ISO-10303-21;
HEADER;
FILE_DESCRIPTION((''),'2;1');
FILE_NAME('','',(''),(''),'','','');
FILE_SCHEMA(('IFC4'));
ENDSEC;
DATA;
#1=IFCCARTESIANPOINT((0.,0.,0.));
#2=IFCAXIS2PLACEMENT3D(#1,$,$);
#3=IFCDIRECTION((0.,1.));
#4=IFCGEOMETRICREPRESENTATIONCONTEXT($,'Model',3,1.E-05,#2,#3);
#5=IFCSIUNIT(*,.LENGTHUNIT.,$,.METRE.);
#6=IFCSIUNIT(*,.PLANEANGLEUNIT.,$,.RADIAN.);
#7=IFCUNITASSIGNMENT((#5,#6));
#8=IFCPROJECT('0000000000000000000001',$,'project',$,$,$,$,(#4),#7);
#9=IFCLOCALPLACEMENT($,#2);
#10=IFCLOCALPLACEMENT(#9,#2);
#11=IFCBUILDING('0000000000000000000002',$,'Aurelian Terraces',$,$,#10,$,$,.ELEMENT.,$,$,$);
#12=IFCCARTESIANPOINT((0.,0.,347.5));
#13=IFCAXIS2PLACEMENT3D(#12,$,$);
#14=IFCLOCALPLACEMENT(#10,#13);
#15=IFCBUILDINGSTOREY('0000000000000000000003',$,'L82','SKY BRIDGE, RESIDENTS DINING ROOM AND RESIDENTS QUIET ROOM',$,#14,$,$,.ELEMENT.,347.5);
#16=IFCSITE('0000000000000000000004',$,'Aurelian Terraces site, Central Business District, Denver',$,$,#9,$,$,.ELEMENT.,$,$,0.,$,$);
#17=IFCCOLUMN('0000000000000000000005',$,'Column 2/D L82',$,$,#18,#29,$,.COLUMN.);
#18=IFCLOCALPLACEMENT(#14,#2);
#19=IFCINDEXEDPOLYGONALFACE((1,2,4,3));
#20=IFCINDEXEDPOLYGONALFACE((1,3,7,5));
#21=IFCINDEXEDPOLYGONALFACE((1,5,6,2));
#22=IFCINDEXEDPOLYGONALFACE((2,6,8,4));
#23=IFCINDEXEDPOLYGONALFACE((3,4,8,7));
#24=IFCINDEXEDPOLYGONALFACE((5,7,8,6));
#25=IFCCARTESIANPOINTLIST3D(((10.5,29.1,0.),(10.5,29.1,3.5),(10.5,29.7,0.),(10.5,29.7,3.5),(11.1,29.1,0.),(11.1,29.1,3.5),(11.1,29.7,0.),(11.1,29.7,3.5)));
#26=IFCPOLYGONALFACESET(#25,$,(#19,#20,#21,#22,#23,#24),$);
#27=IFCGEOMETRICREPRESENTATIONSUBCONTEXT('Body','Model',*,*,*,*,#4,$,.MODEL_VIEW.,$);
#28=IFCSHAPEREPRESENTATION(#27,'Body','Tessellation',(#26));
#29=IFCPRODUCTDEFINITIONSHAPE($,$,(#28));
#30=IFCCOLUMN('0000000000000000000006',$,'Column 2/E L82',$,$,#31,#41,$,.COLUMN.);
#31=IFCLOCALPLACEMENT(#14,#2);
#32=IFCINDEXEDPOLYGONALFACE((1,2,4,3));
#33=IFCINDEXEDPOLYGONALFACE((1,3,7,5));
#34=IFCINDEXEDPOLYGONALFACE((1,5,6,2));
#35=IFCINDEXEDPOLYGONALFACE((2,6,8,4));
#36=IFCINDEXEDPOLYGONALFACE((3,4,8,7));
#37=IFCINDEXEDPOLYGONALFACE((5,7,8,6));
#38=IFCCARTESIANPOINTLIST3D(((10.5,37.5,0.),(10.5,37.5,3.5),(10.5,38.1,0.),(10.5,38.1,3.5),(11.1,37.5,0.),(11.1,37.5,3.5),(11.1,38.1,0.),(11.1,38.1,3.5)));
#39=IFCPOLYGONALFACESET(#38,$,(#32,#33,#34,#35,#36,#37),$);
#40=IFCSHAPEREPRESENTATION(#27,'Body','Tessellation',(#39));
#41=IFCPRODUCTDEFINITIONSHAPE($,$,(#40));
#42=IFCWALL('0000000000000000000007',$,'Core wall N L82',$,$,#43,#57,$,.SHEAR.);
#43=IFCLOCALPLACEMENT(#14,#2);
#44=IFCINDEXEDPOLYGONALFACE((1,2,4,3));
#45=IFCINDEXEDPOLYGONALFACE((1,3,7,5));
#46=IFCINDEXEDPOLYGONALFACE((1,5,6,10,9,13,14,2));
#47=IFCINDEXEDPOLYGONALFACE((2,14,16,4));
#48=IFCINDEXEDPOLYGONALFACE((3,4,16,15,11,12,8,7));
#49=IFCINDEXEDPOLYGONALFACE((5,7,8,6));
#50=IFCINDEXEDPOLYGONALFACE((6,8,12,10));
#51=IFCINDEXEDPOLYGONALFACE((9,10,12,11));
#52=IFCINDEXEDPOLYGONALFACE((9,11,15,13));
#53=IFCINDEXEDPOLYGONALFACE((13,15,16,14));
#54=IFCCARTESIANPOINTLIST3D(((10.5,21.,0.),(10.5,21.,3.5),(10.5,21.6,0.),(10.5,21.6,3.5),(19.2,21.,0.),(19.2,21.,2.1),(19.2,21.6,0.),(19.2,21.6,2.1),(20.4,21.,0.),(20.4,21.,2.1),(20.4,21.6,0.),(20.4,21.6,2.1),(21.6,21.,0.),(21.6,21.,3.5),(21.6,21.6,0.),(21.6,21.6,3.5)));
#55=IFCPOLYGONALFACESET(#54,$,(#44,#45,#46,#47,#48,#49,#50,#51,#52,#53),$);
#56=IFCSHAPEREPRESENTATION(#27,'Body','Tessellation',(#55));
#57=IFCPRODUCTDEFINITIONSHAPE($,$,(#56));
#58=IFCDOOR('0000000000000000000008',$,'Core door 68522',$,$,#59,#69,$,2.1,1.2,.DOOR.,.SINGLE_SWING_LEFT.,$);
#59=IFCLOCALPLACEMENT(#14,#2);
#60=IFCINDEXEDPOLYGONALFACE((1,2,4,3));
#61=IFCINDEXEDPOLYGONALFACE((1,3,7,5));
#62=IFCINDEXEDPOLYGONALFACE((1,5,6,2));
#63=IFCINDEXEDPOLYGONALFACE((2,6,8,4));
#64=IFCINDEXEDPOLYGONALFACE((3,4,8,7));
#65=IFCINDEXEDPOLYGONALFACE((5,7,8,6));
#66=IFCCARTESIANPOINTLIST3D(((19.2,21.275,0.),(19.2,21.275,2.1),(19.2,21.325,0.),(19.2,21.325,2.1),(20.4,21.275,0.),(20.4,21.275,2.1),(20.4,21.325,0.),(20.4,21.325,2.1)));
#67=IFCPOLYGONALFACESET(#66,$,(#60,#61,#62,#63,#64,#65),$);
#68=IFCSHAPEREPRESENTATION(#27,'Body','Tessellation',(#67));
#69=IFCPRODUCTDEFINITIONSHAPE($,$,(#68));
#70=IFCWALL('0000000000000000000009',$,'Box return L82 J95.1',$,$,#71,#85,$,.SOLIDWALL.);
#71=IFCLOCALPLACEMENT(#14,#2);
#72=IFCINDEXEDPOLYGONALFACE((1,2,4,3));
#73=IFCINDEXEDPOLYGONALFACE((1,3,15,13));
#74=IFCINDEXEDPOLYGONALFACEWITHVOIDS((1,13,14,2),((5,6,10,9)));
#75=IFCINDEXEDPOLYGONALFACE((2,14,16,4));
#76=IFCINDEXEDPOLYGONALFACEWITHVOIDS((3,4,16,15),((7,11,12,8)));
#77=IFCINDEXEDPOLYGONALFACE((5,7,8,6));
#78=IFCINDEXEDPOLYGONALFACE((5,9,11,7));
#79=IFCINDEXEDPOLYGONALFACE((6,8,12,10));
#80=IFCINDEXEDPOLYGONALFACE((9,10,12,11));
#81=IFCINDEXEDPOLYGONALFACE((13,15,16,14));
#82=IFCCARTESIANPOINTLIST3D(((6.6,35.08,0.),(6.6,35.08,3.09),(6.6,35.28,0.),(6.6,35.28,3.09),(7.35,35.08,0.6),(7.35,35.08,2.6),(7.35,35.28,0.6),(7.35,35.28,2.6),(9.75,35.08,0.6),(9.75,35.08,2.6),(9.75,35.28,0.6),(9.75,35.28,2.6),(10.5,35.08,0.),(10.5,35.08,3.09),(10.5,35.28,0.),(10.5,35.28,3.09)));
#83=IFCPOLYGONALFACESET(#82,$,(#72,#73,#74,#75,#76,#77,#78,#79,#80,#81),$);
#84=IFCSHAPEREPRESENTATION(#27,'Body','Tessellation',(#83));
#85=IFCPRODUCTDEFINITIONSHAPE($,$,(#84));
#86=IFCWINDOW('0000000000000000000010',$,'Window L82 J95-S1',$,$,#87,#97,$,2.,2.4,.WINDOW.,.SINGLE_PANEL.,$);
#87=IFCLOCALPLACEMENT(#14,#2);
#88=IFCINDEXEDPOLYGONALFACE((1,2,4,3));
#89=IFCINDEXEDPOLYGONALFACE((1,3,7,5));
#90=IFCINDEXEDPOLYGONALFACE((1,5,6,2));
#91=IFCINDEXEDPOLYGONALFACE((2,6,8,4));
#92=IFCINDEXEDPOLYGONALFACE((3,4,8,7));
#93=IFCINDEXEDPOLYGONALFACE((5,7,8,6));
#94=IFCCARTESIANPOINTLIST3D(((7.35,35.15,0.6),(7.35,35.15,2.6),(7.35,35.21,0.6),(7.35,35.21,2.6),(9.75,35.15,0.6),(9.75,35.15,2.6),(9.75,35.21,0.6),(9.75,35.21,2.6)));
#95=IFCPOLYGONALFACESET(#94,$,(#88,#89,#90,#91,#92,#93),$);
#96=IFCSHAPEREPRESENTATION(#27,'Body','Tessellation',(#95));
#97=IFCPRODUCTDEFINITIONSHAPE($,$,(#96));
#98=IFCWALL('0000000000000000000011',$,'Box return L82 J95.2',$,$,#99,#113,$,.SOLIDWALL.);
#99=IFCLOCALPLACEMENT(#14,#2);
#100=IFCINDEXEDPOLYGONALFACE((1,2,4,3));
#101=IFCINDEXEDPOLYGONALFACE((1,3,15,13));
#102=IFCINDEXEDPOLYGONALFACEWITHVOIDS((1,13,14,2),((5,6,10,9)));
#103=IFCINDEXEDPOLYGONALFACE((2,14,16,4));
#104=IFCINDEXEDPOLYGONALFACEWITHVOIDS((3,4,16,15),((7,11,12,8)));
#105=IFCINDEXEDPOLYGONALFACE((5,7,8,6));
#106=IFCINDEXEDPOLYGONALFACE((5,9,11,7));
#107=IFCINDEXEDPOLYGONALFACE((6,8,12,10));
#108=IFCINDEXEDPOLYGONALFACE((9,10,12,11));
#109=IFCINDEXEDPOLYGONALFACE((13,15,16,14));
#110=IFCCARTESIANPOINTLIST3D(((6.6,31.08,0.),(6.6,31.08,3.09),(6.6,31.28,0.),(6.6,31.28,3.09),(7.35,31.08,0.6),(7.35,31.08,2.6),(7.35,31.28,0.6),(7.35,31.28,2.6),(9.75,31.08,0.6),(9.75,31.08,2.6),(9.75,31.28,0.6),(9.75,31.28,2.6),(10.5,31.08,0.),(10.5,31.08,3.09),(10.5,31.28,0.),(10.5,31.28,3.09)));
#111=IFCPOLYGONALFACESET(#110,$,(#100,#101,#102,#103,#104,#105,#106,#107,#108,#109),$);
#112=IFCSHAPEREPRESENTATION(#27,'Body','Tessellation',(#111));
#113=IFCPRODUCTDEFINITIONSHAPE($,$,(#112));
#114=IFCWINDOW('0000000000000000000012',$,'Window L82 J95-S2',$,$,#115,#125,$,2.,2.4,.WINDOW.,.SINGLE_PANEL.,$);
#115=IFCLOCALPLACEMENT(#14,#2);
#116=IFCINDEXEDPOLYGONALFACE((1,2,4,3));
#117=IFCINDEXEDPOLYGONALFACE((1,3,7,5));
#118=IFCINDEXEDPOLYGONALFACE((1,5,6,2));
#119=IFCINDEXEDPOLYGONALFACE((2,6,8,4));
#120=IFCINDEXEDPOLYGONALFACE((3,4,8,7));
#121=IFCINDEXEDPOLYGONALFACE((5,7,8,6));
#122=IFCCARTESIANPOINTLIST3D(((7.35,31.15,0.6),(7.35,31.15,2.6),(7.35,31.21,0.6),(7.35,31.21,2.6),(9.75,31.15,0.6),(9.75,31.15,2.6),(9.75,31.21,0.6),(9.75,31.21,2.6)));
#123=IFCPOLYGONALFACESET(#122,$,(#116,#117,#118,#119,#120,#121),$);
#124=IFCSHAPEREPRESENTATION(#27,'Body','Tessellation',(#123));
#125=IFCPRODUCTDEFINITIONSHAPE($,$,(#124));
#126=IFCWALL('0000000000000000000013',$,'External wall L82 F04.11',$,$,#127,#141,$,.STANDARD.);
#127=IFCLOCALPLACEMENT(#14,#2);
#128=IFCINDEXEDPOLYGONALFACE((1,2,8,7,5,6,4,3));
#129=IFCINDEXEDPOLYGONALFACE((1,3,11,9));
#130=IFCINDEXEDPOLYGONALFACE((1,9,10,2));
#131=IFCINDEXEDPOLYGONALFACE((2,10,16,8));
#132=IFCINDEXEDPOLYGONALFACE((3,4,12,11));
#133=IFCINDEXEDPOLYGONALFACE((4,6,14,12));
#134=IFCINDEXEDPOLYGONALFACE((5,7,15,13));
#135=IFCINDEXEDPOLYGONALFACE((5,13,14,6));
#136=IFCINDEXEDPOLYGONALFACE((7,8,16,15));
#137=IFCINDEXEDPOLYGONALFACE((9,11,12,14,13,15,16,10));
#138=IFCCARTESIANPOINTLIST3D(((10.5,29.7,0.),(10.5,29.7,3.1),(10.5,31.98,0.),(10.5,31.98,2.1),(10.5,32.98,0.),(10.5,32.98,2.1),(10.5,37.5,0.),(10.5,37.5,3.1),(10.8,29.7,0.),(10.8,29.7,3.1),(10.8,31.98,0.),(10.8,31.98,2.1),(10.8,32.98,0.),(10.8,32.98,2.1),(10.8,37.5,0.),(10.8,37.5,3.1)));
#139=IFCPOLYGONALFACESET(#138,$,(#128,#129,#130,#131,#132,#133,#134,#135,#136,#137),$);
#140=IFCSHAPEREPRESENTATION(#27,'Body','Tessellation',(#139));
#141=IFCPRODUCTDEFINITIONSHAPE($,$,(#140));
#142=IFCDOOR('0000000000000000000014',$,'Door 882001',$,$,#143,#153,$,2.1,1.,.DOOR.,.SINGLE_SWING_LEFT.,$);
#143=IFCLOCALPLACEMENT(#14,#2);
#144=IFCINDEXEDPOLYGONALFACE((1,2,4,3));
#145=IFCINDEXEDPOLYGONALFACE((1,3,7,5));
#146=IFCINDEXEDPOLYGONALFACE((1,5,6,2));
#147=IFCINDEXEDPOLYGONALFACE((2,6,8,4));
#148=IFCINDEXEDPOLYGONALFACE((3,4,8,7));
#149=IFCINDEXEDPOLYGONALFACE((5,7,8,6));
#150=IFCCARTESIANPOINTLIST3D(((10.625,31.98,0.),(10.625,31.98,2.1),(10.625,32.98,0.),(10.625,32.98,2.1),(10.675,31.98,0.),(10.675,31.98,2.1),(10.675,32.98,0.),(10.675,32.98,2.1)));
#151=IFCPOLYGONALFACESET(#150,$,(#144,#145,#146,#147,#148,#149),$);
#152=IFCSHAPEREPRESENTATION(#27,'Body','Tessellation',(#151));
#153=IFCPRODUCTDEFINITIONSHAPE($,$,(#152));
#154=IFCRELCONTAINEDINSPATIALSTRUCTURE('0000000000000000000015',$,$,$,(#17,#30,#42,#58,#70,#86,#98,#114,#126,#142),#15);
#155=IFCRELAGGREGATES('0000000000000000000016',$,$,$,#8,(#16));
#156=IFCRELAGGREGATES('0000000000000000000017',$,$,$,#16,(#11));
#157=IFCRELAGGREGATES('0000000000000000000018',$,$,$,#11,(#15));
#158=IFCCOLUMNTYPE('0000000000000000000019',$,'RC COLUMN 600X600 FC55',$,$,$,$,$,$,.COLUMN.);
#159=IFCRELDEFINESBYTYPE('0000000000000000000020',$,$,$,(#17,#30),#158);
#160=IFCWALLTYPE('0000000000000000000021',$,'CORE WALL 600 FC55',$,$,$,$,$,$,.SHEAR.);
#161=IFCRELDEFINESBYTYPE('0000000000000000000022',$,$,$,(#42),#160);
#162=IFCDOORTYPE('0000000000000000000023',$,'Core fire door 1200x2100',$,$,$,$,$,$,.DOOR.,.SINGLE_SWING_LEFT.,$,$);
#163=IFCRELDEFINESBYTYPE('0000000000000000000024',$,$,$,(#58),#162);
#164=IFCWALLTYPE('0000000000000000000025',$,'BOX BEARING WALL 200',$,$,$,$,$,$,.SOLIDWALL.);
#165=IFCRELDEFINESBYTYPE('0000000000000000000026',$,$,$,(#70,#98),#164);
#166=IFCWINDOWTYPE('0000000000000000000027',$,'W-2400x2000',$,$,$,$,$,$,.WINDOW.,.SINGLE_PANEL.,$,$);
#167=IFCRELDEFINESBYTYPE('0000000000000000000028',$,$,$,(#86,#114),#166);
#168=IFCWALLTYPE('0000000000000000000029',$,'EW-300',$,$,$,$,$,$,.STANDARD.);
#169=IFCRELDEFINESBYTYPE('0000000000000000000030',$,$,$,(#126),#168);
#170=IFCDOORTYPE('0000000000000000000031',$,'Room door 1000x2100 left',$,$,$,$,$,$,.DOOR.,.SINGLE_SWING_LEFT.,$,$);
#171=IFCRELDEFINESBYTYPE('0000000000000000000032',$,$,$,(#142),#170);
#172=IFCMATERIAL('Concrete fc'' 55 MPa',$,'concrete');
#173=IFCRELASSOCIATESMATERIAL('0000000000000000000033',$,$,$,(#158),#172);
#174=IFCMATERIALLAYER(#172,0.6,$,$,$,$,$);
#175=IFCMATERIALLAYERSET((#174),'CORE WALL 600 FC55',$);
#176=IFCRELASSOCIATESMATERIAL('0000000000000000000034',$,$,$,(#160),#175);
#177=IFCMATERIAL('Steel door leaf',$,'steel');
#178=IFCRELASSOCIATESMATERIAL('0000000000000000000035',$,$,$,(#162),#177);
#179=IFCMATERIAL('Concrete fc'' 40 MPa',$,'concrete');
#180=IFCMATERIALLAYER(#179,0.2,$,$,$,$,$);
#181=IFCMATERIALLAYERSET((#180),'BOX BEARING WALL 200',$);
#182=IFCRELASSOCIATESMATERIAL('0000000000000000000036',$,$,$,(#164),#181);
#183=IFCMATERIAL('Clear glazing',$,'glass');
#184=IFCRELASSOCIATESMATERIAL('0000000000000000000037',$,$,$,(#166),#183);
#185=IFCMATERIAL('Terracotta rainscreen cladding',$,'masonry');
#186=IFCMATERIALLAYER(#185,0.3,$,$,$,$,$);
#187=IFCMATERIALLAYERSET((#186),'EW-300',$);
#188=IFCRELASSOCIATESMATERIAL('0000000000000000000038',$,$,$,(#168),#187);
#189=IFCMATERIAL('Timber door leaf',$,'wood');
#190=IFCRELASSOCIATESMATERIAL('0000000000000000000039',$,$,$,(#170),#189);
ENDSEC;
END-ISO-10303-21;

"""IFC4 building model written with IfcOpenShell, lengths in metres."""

from ifc_helpers import new_model, si_unit, direction, frame, frame_2d, origin, origin_2d, place, context, subcontext, project, spatial, rectangle, extrude, source, transform, mapped, material, layer, layer_set, material_profile, profile_set, type_object, element, fill, save


model = new_model("IFC4")

# Units and contexts
model_context = context("Model", 3, precision=1e-05, world=origin(), true_north=direction((0.0, 1.0)))
body_context = subcontext(model_context, "Body", "Model", "MODEL_VIEW")
ifc_project = project(units=[si_unit("LENGTHUNIT", "METRE"), si_unit("PLANEANGLEUNIT", "RADIAN")], contexts=[model_context])

# Site, building, storey
site_placement = place(None, origin())
site = spatial("IfcSite", under=ifc_project, at=site_placement, Name="Aurelian Terraces site, Central Business District, Denver", CompositionType="ELEMENT", RefElevation=0.0)
building_placement = place(site_placement, origin())
building = spatial("IfcBuilding", under=site, at=building_placement, Name="Aurelian Terraces", CompositionType="ELEMENT")
storey_placement = place(building_placement, frame((0.0, 0.0, 347.5)))
storey = spatial("IfcBuildingStorey", under=building, at=storey_placement, Name="L82", Description="SKY BRIDGE, RESIDENTS DINING ROOM AND RESIDENTS QUIET ROOM", CompositionType="ELEMENT", Elevation=347.5)

# Columns
ifc_material_1 = material(Name="Concrete fc' 55 MPa", Category="concrete")
ifc_material_profile = material_profile(ifc_material_1, rectangle(XDim=0.6, YDim=0.6, at=origin_2d()))
ifc_profile_set = profile_set([ifc_material_profile], Name="Concrete fc' 55 MPa")
column_type = type_object("IfcColumnType", Name="RC COLUMN 600X600 FC55", PredefinedType="COLUMN", material=ifc_profile_set)
shared_shape_1 = source(origin(), body_context, "Body", "SweptSolid", [
    extrude(rectangle(XDim=0.6, YDim=0.6, at=origin_2d()), origin(), (0.0, 0.0, 1.0), 3.5),
])
for number, where, z_axis, x_axis, name in (
    (1, (10.8, 29.4, 0.0), (0.0, 0.0, 1.0), (1.0, 0.0, 0.0), "Column 2/D L82"),
    (2, (10.8, 37.8, 0.0), (0.0, 0.0, 1.0), (1.0, 0.0, 0.0), "Column 2/E L82"),
):
    element("IfcColumn", number, at=place(storey_placement, frame(where, z_axis=z_axis, x_axis=x_axis)), inside=storey, type_object=column_type, Name=name, PredefinedType="COLUMN", context=body_context, shape_type="MappedRepresentation", body=[
        mapped(shared_shape_1, transform((0.0, 0.0, 0.0), scale=1.0)),
    ])

# Wall, opening, door
ifc_layer_1 = layer(ifc_material_1, 0.6)
ifc_layer_set_1 = layer_set([ifc_layer_1], Name="CORE WALL 600 FC55")
wall_type_1 = type_object("IfcWallType", Name="CORE WALL 600 FC55", PredefinedType="SHEAR", material=ifc_layer_set_1)
shared_shape_2 = source(origin(), body_context, "Body", "SweptSolid", [
    extrude(rectangle(XDim=11.1, YDim=0.6, at=frame_2d((5.55, 0.0))), origin(), (0.0, 0.0, 1.0), 3.5),
])
wall_1_placement = place(storey_placement, frame((10.5, 21.3, 0.0), z_axis=(0.0, 0.0, 1.0), x_axis=(1.0, 0.0, 0.0)))
wall_1 = element("IfcWall", 3, at=wall_1_placement, inside=storey, type_object=wall_type_1, Name="Core wall N L82", PredefinedType="SHEAR", context=body_context, shape_type="MappedRepresentation", body=[
    mapped(shared_shape_2, transform((0.0, 0.0, 0.0), scale=1.0)),
])
shared_shape_3 = source(origin(), body_context, "Body", "SweptSolid", [
    extrude(rectangle(XDim=1.2, YDim=2.1, at=frame_2d((0.6, 1.05))), frame((0.0, 0.31, 0.0), z_axis=(0.0, -1.0, 0.0), x_axis=(1.0, 0.0, 0.0)), (0.0, 0.0, 1.0), 0.62),
])
opening_1_placement = place(wall_1_placement, frame((8.7, 0.0, 0.0)))
opening_1 = element("IfcOpeningElement", 4, at=opening_1_placement, cuts=wall_1, PredefinedType="OPENING", context=body_context, shape_type="MappedRepresentation", body=[
    mapped(shared_shape_3, transform((0.0, 0.0, 0.0), scale=1.0)),
])
ifc_material_2 = material(Name="Steel door leaf", Category="steel")
door_type_1 = type_object("IfcDoorType", Name="Core fire door 1200x2100", OperationType="SINGLE_SWING_LEFT", PredefinedType="DOOR", material=ifc_material_2)
shared_shape_4 = source(origin(), body_context, "Body", "SweptSolid", [
    extrude(rectangle(XDim=1.2, YDim=2.1, at=frame_2d((0.6, 1.05))), frame((0.0, 0.025, 0.0), z_axis=(0.0, -1.0, 0.0), x_axis=(1.0, 0.0, 0.0)), (0.0, 0.0, 1.0), 0.05),
])
door_1_placement = place(opening_1_placement, origin())
door_1 = element("IfcDoor", 5, at=door_1_placement, inside=storey, type_object=door_type_1, Name="Core door 68522", OperationType="SINGLE_SWING_LEFT", OverallHeight=2.1, OverallWidth=1.2, PredefinedType="DOOR", context=body_context, shape_type="MappedRepresentation", body=[
    mapped(shared_shape_4, transform((0.0, 0.0, 0.0), scale=1.0)),
])
fill(opening_1, door_1)

# Walls, openings, windows
ifc_material_3 = material(Name="Concrete fc' 40 MPa", Category="concrete")
ifc_layer_2 = layer(ifc_material_3, 0.2)
ifc_layer_set_2 = layer_set([ifc_layer_2], Name="BOX BEARING WALL 200")
wall_type_2 = type_object("IfcWallType", Name="BOX BEARING WALL 200", PredefinedType="SOLIDWALL", material=ifc_layer_set_2)
shared_shape_5 = source(origin(), body_context, "Body", "SweptSolid", [
    extrude(rectangle(XDim=3.9, YDim=0.2, at=frame_2d((1.95, 0.0))), origin(), (0.0, 0.0, 1.0), 3.09),
])
wall_2_placement = place(storey_placement, frame((10.5, 35.18, 0.0), z_axis=(0.0, 0.0, 1.0), x_axis=(-1.0, 0.0, 0.0)))
wall_2 = element("IfcWall", 6, at=wall_2_placement, inside=storey, type_object=wall_type_2, Name="Box return L82 J95.1", PredefinedType="SOLIDWALL", context=body_context, shape_type="MappedRepresentation", body=[
    mapped(shared_shape_5, transform((0.0, 0.0, 0.0), scale=1.0)),
])
shared_shape_6 = source(origin(), body_context, "Body", "SweptSolid", [
    extrude(rectangle(XDim=2.4, YDim=2.0, at=frame_2d((1.2, 1.0))), frame((0.0, 0.11, 0.0), z_axis=(0.0, -1.0, 0.0), x_axis=(1.0, 0.0, 0.0)), (0.0, 0.0, 1.0), 0.22),
])
opening_2_placement = place(wall_2_placement, frame((0.75, 0.0, 0.6)))
opening_2 = element("IfcOpeningElement", 7, at=opening_2_placement, cuts=wall_2, PredefinedType="OPENING", context=body_context, shape_type="MappedRepresentation", body=[
    mapped(shared_shape_6, transform((0.0, 0.0, 0.0), scale=1.0)),
])
ifc_material_4 = material(Name="Clear glazing", Category="glass")
window_type_1 = type_object("IfcWindowType", Name="W-2400x2000", PartitioningType="SINGLE_PANEL", PredefinedType="WINDOW", material=ifc_material_4)
shared_shape_7 = source(origin(), body_context, "Body", "SweptSolid", [
    extrude(rectangle(XDim=2.4, YDim=2.0, at=frame_2d((1.2, 1.0))), frame((0.0, 0.03, 0.0), z_axis=(0.0, -1.0, 0.0), x_axis=(1.0, 0.0, 0.0)), (0.0, 0.0, 1.0), 0.06),
])
window_1_placement = place(opening_2_placement, origin())
window_1 = element("IfcWindow", 8, at=window_1_placement, inside=storey, type_object=window_type_1, Name="Window L82 J95-S1", OverallHeight=2.0, OverallWidth=2.4, PartitioningType="SINGLE_PANEL", PredefinedType="WINDOW", context=body_context, shape_type="MappedRepresentation", body=[
    mapped(shared_shape_7, transform((0.0, 0.0, 0.0), scale=1.0)),
])
fill(opening_2, window_1)
wall_3_placement = place(storey_placement, frame((10.5, 31.18, 0.0), z_axis=(0.0, 0.0, 1.0), x_axis=(-1.0, 0.0, 0.0)))
wall_3 = element("IfcWall", 9, at=wall_3_placement, inside=storey, type_object=wall_type_2, Name="Box return L82 J95.2", PredefinedType="SOLIDWALL", context=body_context, shape_type="MappedRepresentation", body=[
    mapped(shared_shape_5, transform((0.0, 0.0, 0.0), scale=1.0)),
])
opening_3_placement = place(wall_3_placement, frame((0.75, 0.0, 0.6)))
opening_3 = element("IfcOpeningElement", 10, at=opening_3_placement, cuts=wall_3, PredefinedType="OPENING", context=body_context, shape_type="MappedRepresentation", body=[
    mapped(shared_shape_6, transform((0.0, 0.0, 0.0), scale=1.0)),
])
window_2_placement = place(opening_3_placement, origin())
window_2 = element("IfcWindow", 11, at=window_2_placement, inside=storey, type_object=window_type_1, Name="Window L82 J95-S2", OverallHeight=2.0, OverallWidth=2.4, PartitioningType="SINGLE_PANEL", PredefinedType="WINDOW", context=body_context, shape_type="MappedRepresentation", body=[
    mapped(shared_shape_7, transform((0.0, 0.0, 0.0), scale=1.0)),
])
fill(opening_3, window_2)

# Wall, opening, door
ifc_material_5 = material(Name="Terracotta rainscreen cladding", Category="masonry")
ifc_layer_3 = layer(ifc_material_5, 0.3)
ifc_layer_set_3 = layer_set([ifc_layer_3], Name="EW-300")
wall_type_3 = type_object("IfcWallType", Name="EW-300", PredefinedType="STANDARD", material=ifc_layer_set_3)
shared_shape_8 = source(origin(), body_context, "Body", "SweptSolid", [
    extrude(rectangle(XDim=7.8, YDim=0.3, at=frame_2d((3.9, 0.0))), origin(), (0.0, 0.0, 1.0), 3.1),
])
wall_4_placement = place(storey_placement, frame((10.65, 37.5, 0.0), z_axis=(0.0, 0.0, 1.0), x_axis=(0.0, -1.0, 0.0)))
wall_4 = element("IfcWall", 12, at=wall_4_placement, inside=storey, type_object=wall_type_3, Name="External wall L82 F04.11", PredefinedType="STANDARD", context=body_context, shape_type="MappedRepresentation", body=[
    mapped(shared_shape_8, transform((0.0, 0.0, 0.0), scale=1.0)),
])
shared_shape_9 = source(origin(), body_context, "Body", "SweptSolid", [
    extrude(rectangle(XDim=1.0, YDim=2.1, at=frame_2d((0.5, 1.05))), frame((0.0, 0.16, 0.0), z_axis=(0.0, -1.0, 0.0), x_axis=(1.0, 0.0, 0.0)), (0.0, 0.0, 1.0), 0.32),
])
opening_4_placement = place(wall_4_placement, frame((4.52, 0.0, 0.0)))
opening_4 = element("IfcOpeningElement", 13, at=opening_4_placement, cuts=wall_4, PredefinedType="OPENING", context=body_context, shape_type="MappedRepresentation", body=[
    mapped(shared_shape_9, transform((0.0, 0.0, 0.0), scale=1.0)),
])
ifc_material_6 = material(Name="Timber door leaf", Category="wood")
door_type_2 = type_object("IfcDoorType", Name="Room door 1000x2100 left", OperationType="SINGLE_SWING_LEFT", PredefinedType="DOOR", material=ifc_material_6)
shared_shape_10 = source(origin(), body_context, "Body", "SweptSolid", [
    extrude(rectangle(XDim=1.0, YDim=2.1, at=frame_2d((0.5, 1.05))), frame((0.0, 0.025, 0.0), z_axis=(0.0, -1.0, 0.0), x_axis=(1.0, 0.0, 0.0)), (0.0, 0.0, 1.0), 0.05),
])
door_2_placement = place(opening_4_placement, origin())
door_2 = element("IfcDoor", 14, at=door_2_placement, inside=storey, type_object=door_type_2, Name="Door 882001", OperationType="SINGLE_SWING_LEFT", OverallHeight=2.1, OverallWidth=1.0, PredefinedType="DOOR", context=body_context, shape_type="MappedRepresentation", body=[
    mapped(shared_shape_10, transform((0.0, 0.0, 0.0), scale=1.0)),
])
fill(opening_4, door_2)

save(model, "model.ifc")
